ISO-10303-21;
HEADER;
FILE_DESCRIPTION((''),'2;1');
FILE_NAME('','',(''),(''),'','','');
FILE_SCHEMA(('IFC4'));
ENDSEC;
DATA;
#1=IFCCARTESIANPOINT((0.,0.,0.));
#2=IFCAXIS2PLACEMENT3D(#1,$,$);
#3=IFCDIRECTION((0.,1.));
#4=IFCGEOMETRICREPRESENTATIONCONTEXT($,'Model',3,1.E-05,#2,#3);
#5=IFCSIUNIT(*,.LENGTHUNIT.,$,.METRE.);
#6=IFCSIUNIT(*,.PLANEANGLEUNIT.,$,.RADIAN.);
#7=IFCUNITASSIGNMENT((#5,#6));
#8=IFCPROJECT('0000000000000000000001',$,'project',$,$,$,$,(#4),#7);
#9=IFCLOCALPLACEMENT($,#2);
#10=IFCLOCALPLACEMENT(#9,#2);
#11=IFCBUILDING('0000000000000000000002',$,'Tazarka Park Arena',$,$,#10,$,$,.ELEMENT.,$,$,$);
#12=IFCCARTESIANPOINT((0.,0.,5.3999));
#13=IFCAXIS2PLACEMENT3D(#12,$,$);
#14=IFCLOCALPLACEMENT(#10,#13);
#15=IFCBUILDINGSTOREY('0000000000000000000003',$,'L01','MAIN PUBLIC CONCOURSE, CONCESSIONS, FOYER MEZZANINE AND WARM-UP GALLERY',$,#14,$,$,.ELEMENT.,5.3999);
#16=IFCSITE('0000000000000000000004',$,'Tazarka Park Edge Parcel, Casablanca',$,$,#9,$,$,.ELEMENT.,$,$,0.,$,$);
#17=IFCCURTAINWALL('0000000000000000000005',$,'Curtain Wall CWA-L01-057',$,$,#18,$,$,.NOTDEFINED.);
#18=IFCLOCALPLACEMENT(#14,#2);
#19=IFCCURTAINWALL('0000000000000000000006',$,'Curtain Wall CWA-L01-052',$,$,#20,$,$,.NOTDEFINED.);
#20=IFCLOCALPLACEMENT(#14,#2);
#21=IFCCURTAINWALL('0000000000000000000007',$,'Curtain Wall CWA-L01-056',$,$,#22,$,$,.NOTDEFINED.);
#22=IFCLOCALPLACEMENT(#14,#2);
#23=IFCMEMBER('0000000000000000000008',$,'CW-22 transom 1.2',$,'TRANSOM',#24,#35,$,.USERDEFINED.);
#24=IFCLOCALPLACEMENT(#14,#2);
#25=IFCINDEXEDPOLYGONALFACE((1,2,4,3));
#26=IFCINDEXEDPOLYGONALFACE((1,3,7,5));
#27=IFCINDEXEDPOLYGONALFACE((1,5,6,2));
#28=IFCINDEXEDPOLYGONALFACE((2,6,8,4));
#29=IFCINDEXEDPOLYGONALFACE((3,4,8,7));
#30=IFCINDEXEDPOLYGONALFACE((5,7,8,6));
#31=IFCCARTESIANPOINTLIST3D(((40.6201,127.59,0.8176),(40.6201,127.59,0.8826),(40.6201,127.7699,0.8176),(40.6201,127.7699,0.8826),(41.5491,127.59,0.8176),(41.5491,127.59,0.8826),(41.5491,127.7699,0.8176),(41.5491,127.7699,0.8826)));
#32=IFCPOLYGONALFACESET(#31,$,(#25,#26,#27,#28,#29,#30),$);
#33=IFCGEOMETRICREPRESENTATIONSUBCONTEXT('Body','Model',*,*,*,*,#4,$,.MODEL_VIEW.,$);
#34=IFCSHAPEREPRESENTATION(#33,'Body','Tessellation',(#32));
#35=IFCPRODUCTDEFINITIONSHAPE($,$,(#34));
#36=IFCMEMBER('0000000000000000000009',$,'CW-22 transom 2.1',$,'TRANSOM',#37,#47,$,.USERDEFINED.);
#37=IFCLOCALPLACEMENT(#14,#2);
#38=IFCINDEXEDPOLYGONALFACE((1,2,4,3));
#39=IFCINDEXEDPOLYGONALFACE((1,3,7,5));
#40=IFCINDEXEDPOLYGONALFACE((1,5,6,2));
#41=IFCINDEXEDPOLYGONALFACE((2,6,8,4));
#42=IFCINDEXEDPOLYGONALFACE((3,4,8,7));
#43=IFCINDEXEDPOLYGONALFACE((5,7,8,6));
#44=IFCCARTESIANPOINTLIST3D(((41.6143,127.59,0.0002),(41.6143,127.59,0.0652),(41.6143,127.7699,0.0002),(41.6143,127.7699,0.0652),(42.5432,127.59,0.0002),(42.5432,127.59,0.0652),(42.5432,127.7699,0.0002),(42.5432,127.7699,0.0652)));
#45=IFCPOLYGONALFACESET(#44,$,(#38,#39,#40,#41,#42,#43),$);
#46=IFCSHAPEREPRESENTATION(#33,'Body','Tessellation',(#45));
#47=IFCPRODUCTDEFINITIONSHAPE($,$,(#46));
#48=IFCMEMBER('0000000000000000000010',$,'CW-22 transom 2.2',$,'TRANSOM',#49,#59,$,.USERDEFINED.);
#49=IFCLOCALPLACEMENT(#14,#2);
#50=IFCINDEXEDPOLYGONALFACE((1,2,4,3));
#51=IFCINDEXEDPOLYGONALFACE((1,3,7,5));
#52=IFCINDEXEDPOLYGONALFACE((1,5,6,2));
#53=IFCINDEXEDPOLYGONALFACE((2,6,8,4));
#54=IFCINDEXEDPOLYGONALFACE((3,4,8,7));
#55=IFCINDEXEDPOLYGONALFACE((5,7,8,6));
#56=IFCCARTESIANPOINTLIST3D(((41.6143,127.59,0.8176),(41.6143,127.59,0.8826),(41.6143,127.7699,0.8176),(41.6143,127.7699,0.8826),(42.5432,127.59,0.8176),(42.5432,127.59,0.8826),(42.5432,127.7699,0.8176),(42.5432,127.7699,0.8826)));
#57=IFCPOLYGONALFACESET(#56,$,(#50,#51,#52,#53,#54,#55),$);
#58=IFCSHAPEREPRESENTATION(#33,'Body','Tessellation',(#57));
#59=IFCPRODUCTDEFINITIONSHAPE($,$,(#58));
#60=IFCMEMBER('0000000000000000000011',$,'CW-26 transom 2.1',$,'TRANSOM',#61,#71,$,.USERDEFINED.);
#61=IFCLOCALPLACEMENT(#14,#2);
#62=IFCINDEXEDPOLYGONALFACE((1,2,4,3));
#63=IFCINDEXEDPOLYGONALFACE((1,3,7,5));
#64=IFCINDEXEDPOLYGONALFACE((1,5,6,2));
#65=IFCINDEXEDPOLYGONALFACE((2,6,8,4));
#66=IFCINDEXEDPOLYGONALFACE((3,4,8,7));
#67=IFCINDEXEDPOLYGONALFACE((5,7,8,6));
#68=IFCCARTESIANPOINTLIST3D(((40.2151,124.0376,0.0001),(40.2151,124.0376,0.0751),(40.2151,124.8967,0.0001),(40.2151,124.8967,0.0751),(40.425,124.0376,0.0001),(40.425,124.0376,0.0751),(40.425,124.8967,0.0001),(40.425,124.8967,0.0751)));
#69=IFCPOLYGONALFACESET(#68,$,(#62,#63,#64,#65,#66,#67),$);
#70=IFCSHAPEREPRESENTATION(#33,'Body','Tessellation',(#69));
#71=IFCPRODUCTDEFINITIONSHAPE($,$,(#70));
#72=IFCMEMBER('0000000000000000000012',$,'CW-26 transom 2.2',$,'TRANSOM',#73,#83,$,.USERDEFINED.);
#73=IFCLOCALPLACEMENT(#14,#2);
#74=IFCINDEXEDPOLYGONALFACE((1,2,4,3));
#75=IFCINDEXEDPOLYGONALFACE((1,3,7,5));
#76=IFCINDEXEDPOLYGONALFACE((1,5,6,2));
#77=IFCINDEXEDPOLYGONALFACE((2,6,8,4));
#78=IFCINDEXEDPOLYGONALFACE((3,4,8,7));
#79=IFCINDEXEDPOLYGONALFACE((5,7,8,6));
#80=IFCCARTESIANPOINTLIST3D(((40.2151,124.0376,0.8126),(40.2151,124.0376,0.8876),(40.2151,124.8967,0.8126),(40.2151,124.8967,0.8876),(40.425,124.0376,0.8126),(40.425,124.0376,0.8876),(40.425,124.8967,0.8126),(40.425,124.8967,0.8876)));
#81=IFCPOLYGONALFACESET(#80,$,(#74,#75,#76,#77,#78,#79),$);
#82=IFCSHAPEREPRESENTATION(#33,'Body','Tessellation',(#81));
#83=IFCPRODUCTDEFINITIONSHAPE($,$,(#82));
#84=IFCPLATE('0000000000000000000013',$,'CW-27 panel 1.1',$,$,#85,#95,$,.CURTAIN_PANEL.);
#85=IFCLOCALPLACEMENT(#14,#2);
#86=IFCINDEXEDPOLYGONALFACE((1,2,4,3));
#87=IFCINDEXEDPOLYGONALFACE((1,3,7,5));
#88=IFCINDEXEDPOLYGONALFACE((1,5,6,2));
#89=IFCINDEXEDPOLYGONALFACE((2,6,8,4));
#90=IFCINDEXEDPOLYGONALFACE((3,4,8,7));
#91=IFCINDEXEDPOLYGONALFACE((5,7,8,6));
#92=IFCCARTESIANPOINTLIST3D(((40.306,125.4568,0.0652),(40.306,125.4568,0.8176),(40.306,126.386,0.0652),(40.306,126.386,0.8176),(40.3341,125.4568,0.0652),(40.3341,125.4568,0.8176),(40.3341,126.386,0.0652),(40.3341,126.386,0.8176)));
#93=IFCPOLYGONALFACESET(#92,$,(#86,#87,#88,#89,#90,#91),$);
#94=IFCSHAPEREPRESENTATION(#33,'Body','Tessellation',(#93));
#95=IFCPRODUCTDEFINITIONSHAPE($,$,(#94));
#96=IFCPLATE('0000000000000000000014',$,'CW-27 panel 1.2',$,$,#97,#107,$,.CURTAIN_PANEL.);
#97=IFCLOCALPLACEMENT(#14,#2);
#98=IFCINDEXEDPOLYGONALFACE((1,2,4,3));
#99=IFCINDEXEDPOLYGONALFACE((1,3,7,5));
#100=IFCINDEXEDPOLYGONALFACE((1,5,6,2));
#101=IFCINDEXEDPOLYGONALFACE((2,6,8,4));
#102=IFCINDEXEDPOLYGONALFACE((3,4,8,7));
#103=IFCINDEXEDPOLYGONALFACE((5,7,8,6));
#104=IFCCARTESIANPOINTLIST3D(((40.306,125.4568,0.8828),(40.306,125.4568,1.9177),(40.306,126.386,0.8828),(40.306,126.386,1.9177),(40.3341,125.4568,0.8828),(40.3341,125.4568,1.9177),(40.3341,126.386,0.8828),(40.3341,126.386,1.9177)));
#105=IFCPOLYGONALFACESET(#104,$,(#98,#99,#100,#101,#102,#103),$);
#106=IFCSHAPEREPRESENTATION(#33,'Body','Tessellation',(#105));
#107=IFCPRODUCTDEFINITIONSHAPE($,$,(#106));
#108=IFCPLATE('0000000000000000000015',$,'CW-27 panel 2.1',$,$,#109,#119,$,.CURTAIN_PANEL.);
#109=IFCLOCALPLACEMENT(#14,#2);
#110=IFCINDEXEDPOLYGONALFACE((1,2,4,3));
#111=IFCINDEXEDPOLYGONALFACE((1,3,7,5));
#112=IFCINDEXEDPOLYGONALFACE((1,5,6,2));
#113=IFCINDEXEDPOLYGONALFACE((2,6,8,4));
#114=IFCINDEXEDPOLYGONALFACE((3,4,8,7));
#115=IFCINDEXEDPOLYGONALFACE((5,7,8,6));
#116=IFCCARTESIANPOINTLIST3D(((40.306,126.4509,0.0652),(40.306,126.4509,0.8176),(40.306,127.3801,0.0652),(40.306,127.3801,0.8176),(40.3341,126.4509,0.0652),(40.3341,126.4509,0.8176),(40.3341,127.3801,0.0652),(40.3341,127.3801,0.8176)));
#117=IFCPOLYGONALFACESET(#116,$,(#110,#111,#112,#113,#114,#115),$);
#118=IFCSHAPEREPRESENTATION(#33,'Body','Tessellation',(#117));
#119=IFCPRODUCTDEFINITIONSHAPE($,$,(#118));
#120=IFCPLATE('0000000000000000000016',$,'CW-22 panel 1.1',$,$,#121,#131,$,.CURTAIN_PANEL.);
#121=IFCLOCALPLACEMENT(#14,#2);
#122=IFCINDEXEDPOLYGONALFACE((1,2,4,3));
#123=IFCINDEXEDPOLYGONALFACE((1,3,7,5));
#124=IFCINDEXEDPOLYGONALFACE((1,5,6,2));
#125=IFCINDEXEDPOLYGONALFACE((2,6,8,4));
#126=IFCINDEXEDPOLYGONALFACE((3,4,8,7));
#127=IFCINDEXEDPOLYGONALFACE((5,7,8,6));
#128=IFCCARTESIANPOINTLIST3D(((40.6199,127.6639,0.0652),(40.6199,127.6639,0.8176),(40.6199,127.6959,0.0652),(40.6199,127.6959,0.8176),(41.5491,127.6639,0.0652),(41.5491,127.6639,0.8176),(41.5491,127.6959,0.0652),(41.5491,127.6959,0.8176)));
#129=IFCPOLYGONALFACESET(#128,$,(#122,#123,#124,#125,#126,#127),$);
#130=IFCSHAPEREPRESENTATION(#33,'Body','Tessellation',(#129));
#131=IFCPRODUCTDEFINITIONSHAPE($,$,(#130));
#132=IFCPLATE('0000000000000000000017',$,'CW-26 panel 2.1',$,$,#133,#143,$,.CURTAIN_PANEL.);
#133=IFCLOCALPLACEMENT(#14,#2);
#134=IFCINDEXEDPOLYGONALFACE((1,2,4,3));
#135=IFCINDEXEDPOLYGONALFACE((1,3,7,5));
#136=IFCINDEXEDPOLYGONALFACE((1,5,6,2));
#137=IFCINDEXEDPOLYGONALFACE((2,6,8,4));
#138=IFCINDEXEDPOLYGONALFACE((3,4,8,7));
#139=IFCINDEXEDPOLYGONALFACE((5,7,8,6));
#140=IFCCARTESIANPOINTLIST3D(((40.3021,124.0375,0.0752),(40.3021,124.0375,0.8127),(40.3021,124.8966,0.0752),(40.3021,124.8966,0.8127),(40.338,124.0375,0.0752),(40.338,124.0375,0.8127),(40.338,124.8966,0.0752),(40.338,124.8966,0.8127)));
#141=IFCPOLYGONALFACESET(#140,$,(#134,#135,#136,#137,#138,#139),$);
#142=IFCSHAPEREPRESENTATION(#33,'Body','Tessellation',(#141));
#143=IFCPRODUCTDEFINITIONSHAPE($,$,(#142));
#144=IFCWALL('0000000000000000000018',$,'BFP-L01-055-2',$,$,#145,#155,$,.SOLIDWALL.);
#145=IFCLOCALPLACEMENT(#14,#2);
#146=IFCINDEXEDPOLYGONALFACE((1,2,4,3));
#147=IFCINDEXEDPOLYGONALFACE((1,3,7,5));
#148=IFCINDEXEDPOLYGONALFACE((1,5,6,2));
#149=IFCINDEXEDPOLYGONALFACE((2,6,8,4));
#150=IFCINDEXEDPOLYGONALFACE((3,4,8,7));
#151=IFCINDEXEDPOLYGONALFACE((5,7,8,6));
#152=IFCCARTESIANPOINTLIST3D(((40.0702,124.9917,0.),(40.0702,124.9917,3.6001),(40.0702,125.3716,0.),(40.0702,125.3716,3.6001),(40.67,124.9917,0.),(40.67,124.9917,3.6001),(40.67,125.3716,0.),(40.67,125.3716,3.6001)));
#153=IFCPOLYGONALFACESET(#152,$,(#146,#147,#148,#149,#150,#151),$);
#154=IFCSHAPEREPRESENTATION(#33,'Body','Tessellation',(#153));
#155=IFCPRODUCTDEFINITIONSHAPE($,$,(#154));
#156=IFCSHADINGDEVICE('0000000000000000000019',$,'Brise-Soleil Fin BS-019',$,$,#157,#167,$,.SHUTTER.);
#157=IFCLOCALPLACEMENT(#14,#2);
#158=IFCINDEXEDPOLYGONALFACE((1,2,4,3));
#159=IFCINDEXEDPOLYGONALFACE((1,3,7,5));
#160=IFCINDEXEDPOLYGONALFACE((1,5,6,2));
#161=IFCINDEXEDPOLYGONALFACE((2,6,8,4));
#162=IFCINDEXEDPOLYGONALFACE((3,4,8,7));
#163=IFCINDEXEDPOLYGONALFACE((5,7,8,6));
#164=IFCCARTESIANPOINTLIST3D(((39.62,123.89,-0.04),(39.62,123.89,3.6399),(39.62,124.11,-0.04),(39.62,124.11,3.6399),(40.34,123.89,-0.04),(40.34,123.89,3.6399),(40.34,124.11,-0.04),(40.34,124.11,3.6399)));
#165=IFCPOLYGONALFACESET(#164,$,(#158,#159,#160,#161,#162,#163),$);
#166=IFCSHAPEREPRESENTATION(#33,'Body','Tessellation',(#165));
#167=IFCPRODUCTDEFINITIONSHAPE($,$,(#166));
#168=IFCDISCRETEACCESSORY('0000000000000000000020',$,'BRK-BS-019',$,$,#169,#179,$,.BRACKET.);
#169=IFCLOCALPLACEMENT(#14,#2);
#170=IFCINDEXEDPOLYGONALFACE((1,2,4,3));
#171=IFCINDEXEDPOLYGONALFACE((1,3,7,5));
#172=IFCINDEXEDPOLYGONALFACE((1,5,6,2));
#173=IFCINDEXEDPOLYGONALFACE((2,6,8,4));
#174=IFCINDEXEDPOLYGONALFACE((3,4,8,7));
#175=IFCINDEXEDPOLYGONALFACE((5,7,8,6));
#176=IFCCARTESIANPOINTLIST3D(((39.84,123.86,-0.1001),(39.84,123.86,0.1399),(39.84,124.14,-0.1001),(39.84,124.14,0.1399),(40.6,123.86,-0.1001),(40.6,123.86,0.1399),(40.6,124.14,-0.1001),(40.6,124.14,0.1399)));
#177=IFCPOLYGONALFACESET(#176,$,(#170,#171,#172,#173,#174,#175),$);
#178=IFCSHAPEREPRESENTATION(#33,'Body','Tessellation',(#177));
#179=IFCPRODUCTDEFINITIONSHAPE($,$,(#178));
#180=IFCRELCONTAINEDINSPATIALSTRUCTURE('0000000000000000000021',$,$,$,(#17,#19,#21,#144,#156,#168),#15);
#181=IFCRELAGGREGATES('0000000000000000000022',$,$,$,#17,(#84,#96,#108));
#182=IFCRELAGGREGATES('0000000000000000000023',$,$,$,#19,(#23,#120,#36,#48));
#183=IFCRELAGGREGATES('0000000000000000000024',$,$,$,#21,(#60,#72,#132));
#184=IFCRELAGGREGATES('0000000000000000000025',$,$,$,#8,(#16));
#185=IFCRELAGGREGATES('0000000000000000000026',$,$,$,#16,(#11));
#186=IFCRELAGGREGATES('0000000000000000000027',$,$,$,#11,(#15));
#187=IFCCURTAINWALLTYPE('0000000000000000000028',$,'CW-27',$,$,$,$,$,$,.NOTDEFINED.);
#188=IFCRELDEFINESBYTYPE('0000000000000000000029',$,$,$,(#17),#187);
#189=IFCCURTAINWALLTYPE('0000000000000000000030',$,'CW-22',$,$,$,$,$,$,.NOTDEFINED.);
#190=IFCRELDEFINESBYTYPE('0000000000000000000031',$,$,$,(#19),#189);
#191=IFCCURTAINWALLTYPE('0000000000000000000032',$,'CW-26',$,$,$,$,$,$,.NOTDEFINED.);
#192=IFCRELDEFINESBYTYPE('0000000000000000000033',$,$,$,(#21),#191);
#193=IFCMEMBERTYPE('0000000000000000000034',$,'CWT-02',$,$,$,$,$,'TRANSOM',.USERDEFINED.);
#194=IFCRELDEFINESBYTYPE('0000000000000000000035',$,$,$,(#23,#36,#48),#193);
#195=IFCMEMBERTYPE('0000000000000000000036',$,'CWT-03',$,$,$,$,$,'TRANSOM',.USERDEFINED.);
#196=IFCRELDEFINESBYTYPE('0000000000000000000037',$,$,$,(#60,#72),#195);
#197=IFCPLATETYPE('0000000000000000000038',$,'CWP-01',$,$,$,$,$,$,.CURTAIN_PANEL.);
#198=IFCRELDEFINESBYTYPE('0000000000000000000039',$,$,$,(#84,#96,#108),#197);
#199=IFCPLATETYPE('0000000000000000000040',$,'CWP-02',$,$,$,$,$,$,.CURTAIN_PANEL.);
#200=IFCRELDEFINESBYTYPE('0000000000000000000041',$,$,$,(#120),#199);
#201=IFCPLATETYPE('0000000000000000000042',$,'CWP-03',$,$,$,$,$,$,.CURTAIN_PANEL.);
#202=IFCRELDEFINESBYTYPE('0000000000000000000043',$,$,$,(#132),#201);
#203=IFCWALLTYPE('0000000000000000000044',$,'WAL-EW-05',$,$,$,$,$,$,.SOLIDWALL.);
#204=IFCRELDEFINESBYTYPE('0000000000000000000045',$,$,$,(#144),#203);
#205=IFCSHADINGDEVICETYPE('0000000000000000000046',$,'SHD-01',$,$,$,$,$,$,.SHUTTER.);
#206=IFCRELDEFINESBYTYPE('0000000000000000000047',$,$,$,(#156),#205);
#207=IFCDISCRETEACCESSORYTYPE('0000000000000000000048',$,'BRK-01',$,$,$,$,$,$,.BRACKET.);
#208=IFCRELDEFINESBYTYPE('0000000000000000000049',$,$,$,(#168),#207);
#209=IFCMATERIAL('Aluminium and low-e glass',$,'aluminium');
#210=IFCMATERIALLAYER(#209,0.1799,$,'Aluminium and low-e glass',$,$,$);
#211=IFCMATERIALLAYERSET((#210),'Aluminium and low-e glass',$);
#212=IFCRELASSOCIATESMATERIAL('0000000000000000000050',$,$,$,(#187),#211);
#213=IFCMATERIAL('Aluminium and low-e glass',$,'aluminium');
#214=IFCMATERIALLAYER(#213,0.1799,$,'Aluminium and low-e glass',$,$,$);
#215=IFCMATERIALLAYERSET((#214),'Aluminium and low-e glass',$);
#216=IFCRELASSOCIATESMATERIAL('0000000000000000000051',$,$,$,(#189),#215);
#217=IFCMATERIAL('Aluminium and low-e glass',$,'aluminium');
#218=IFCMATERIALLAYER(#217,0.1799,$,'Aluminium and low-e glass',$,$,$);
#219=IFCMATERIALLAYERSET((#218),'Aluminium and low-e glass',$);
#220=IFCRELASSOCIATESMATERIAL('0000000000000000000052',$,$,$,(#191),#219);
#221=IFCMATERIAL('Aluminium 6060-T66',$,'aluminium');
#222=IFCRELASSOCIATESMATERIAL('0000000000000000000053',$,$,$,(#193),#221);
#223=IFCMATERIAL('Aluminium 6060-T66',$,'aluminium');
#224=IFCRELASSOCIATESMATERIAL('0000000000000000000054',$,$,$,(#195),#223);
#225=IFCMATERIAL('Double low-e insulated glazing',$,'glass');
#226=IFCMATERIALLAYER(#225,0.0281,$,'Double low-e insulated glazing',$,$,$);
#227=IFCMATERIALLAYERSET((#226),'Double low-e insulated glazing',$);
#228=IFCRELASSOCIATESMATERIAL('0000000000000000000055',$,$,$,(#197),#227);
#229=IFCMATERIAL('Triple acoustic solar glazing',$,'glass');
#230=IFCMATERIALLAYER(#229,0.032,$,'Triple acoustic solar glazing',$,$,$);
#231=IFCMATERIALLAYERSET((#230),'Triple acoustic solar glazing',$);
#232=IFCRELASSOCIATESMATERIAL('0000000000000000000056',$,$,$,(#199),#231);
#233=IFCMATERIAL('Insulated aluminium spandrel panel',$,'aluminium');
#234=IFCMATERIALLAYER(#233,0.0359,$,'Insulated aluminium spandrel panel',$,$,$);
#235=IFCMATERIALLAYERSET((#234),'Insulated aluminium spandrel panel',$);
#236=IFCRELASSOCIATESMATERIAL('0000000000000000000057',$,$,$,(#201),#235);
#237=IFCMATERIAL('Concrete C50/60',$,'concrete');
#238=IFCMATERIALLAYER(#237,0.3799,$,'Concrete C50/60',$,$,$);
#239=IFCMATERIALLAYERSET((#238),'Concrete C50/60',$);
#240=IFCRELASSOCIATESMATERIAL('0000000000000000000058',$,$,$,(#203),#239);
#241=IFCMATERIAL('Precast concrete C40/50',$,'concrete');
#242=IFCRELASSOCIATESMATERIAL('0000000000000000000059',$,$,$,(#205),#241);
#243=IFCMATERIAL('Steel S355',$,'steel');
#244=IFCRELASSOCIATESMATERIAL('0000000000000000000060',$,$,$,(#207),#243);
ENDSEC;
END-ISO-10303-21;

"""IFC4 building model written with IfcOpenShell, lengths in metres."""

from ifc_helpers import new_model, si_unit, direction, frame, frame_2d, origin, origin_2d, place, context, subcontext, project, spatial, rectangle, extrude, material, layer, layer_set, material_profile, profile_set, type_object, element, aggregate, save


model = new_model("IFC4")

# Units and contexts
model_context = context("Model", 3, precision=1e-05, world=origin(), true_north=direction((0.0, 1.0)))
body_context = subcontext(model_context, "Body", "Model", "MODEL_VIEW")
ifc_project = project(units=[si_unit("LENGTHUNIT", "METRE"), si_unit("PLANEANGLEUNIT", "RADIAN")], contexts=[model_context])

# Site, building, storey
site_placement = place(None, origin())
site = spatial("IfcSite", under=ifc_project, at=site_placement, Name="Tazarka Park Edge Parcel, Casablanca", CompositionType="ELEMENT", RefElevation=0.0)
building_placement = place(site_placement, origin())
building = spatial("IfcBuilding", under=site, at=building_placement, Name="Tazarka Park Arena", CompositionType="ELEMENT")
storey_placement = place(building_placement, frame((0.0, 0.0, 5.3999)))
storey = spatial("IfcBuildingStorey", under=building, at=storey_placement, Name="L01", Description="MAIN PUBLIC CONCOURSE, CONCESSIONS, FOYER MEZZANINE AND WARM-UP GALLERY", CompositionType="ELEMENT", Elevation=5.3999)

# Curtain walls
ifc_material_1 = material(Name="Aluminium and low-e glass", Category="aluminium")
ifc_layer_1 = layer(ifc_material_1, 0.1799, Name="Aluminium and low-e glass")
ifc_layer_set_1 = layer_set([ifc_layer_1], Name="Aluminium and low-e glass")
curtain_wall_type_1 = type_object("IfcCurtainWallType", Name="CW-27", PredefinedType="NOTDEFINED", material=ifc_layer_set_1)
curtain_wall_1_placement = place(storey_placement, origin())
curtain_wall_1 = element("IfcCurtainWall", 1, at=curtain_wall_1_placement, inside=storey, type_object=curtain_wall_type_1, Name="Curtain Wall CWA-L01-057", PredefinedType="NOTDEFINED")
ifc_material_2 = material(Name="Aluminium and low-e glass", Category="aluminium")
ifc_layer_2 = layer(ifc_material_2, 0.1799, Name="Aluminium and low-e glass")
ifc_layer_set_2 = layer_set([ifc_layer_2], Name="Aluminium and low-e glass")
curtain_wall_type_2 = type_object("IfcCurtainWallType", Name="CW-22", PredefinedType="NOTDEFINED", material=ifc_layer_set_2)
curtain_wall_2_placement = place(storey_placement, origin())
curtain_wall_2 = element("IfcCurtainWall", 2, at=curtain_wall_2_placement, inside=storey, type_object=curtain_wall_type_2, Name="Curtain Wall CWA-L01-052", PredefinedType="NOTDEFINED")
ifc_material_3 = material(Name="Aluminium and low-e glass", Category="aluminium")
ifc_layer_3 = layer(ifc_material_3, 0.1799, Name="Aluminium and low-e glass")
ifc_layer_set_3 = layer_set([ifc_layer_3], Name="Aluminium and low-e glass")
curtain_wall_type_3 = type_object("IfcCurtainWallType", Name="CW-26", PredefinedType="NOTDEFINED", material=ifc_layer_set_3)
curtain_wall_3_placement = place(storey_placement, origin())
curtain_wall_3 = element("IfcCurtainWall", 3, at=curtain_wall_3_placement, inside=storey, type_object=curtain_wall_type_3, Name="Curtain Wall CWA-L01-056", PredefinedType="NOTDEFINED")

# Members
ifc_material_4 = material(Name="Aluminium 6060-T66", Category="aluminium")
ifc_material_profile_1 = material_profile(ifc_material_4, rectangle(XDim=0.1799, YDim=0.0649, at=origin_2d()), Name="Aluminium 6060-T66")
ifc_profile_set_1 = profile_set([ifc_material_profile_1], Name="Aluminium 6060-T66")
member_type_1 = type_object("IfcMemberType", Name="CWT-02", ElementType="TRANSOM", PredefinedType="USERDEFINED", material=ifc_profile_set_1)
member_1_placement = place(storey_placement, frame((40.6201, 127.6799, 0.8501), z_axis=(1.0, 0.0, 0.0), x_axis=(0.0, 1.0, 0.0)))
member_1 = element("IfcMember", 4, at=member_1_placement, type_object=member_type_1, Name="CW-22 transom 1.2", ObjectType="TRANSOM", PredefinedType="USERDEFINED", context=body_context, shape_type="SweptSolid", body=[
    extrude(rectangle(XDim=0.1799, YDim=0.0649, at=origin_2d()), origin(), (0.0, 0.0, 1.0), 0.929),
])
member_2_placement = place(storey_placement, frame((41.6143, 127.6799, 0.0327), z_axis=(1.0, 0.0, 0.0), x_axis=(0.0, 1.0, 0.0)))
member_2 = element("IfcMember", 5, at=member_2_placement, type_object=member_type_1, Name="CW-22 transom 2.1", ObjectType="TRANSOM", PredefinedType="USERDEFINED", context=body_context, shape_type="SweptSolid", body=[
    extrude(rectangle(XDim=0.1799, YDim=0.0649, at=origin_2d()), origin(), (0.0, 0.0, 1.0), 0.929),
])
member_3_placement = place(storey_placement, frame((41.6143, 127.6799, 0.8501), z_axis=(1.0, 0.0, 0.0), x_axis=(0.0, 1.0, 0.0)))
member_3 = element("IfcMember", 6, at=member_3_placement, type_object=member_type_1, Name="CW-22 transom 2.2", ObjectType="TRANSOM", PredefinedType="USERDEFINED", context=body_context, shape_type="SweptSolid", body=[
    extrude(rectangle(XDim=0.1799, YDim=0.0649, at=origin_2d()), origin(), (0.0, 0.0, 1.0), 0.929),
])
ifc_material_5 = material(Name="Aluminium 6060-T66", Category="aluminium")
ifc_material_profile_2 = material_profile(ifc_material_5, rectangle(XDim=0.21, YDim=0.075, at=origin_2d()), Name="Aluminium 6060-T66")
ifc_profile_set_2 = profile_set([ifc_material_profile_2], Name="Aluminium 6060-T66")
member_type_2 = type_object("IfcMemberType", Name="CWT-03", ElementType="TRANSOM", PredefinedType="USERDEFINED", material=ifc_profile_set_2)
member_4_placement = place(storey_placement, frame((40.3201, 124.0376, 0.0376), z_axis=(0.0, 1.0, 0.0), x_axis=(-1.0, 0.0, 0.0)))
member_4 = element("IfcMember", 7, at=member_4_placement, type_object=member_type_2, Name="CW-26 transom 2.1", ObjectType="TRANSOM", PredefinedType="USERDEFINED", context=body_context, shape_type="SweptSolid", body=[
    extrude(rectangle(XDim=0.21, YDim=0.075, at=origin_2d()), origin(), (0.0, 0.0, 1.0), 0.8591),
])
member_5_placement = place(storey_placement, frame((40.3201, 124.0376, 0.8501), z_axis=(0.0, 1.0, 0.0), x_axis=(-1.0, 0.0, 0.0)))
member_5 = element("IfcMember", 8, at=member_5_placement, type_object=member_type_2, Name="CW-26 transom 2.2", ObjectType="TRANSOM", PredefinedType="USERDEFINED", context=body_context, shape_type="SweptSolid", body=[
    extrude(rectangle(XDim=0.21, YDim=0.075, at=origin_2d()), origin(), (0.0, 0.0, 1.0), 0.8591),
])

# Plates
ifc_material_6 = material(Name="Double low-e insulated glazing", Category="glass")
ifc_layer_4 = layer(ifc_material_6, 0.0281, Name="Double low-e insulated glazing")
ifc_layer_set_4 = layer_set([ifc_layer_4], Name="Double low-e insulated glazing")
plate_type_1 = type_object("IfcPlateType", Name="CWP-01", PredefinedType="CURTAIN_PANEL", material=ifc_layer_set_4)
plate_1_placement = place(storey_placement, frame((40.3201, 125.9214, 0.0652), z_axis=(0.0, 0.0, 1.0), x_axis=(0.0, 1.0, 0.0)))
plate_1 = element("IfcPlate", 9, at=plate_1_placement, type_object=plate_type_1, Name="CW-27 panel 1.1", PredefinedType="CURTAIN_PANEL", context=body_context, shape_type="SweptSolid", body=[
    extrude(rectangle(XDim=0.9292, YDim=0.0281, at=origin_2d()), origin(), (0.0, 0.0, 1.0), 0.7524),
])
plate_2_placement = place(storey_placement, frame((40.3201, 125.9214, 0.8828), z_axis=(0.0, 0.0, 1.0), x_axis=(0.0, 1.0, 0.0)))
plate_2 = element("IfcPlate", 10, at=plate_2_placement, type_object=plate_type_1, Name="CW-27 panel 1.2", PredefinedType="CURTAIN_PANEL", context=body_context, shape_type="SweptSolid", body=[
    extrude(rectangle(XDim=0.9292, YDim=0.0281, at=origin_2d()), origin(), (0.0, 0.0, 1.0), 1.0349),
])
plate_3_placement = place(storey_placement, frame((40.3201, 126.9155, 0.0652), z_axis=(0.0, 0.0, 1.0), x_axis=(0.0, 1.0, 0.0)))
plate_3 = element("IfcPlate", 11, at=plate_3_placement, type_object=plate_type_1, Name="CW-27 panel 2.1", PredefinedType="CURTAIN_PANEL", context=body_context, shape_type="SweptSolid", body=[
    extrude(rectangle(XDim=0.9292, YDim=0.0281, at=origin_2d()), origin(), (0.0, 0.0, 1.0), 0.7524),
])
aggregate(curtain_wall_1, [plate_1, plate_2, plate_3])
ifc_material_7 = material(Name="Triple acoustic solar glazing", Category="glass")
ifc_layer_5 = layer(ifc_material_7, 0.032, Name="Triple acoustic solar glazing")
ifc_layer_set_5 = layer_set([ifc_layer_5], Name="Triple acoustic solar glazing")
plate_type_2 = type_object("IfcPlateType", Name="CWP-02", PredefinedType="CURTAIN_PANEL", material=ifc_layer_set_5)
plate_4_placement = place(storey_placement, frame((41.0845, 127.6799, 0.0652), z_axis=(0.0, 0.0, 1.0), x_axis=(1.0, 0.0, 0.0)))
plate_4 = element("IfcPlate", 12, at=plate_4_placement, type_object=plate_type_2, Name="CW-22 panel 1.1", PredefinedType="CURTAIN_PANEL", context=body_context, shape_type="SweptSolid", body=[
    extrude(rectangle(XDim=0.9292, YDim=0.032, at=origin_2d()), origin(), (0.0, 0.0, 1.0), 0.7524),
])
aggregate(curtain_wall_2, [member_1, plate_4, member_2, member_3])
ifc_material_8 = material(Name="Insulated aluminium spandrel panel", Category="aluminium")
ifc_layer_6 = layer(ifc_material_8, 0.0359, Name="Insulated aluminium spandrel panel")
ifc_layer_set_6 = layer_set([ifc_layer_6], Name="Insulated aluminium spandrel panel")
plate_type_3 = type_object("IfcPlateType", Name="CWP-03", PredefinedType="CURTAIN_PANEL", material=ifc_layer_set_6)
plate_5_placement = place(storey_placement, frame((40.3201, 124.467, 0.0752), z_axis=(0.0, 0.0, 1.0), x_axis=(0.0, 1.0, 0.0)))
plate_5 = element("IfcPlate", 13, at=plate_5_placement, type_object=plate_type_3, Name="CW-26 panel 2.1", PredefinedType="CURTAIN_PANEL", context=body_context, shape_type="SweptSolid", body=[
    extrude(rectangle(XDim=0.8591, YDim=0.0359, at=origin_2d()), origin(), (0.0, 0.0, 1.0), 0.7375),
])
aggregate(curtain_wall_3, [member_4, member_5, plate_5])

# Wall
ifc_material_9 = material(Name="Concrete C50/60", Category="concrete")
ifc_layer_7 = layer(ifc_material_9, 0.3799, Name="Concrete C50/60")
ifc_layer_set_7 = layer_set([ifc_layer_7], Name="Concrete C50/60")
wall_type = type_object("IfcWallType", Name="WAL-EW-05", PredefinedType="SOLIDWALL", material=ifc_layer_set_7)
wall_placement = place(storey_placement, frame((40.6699, 125.1816, 0.0), z_axis=(0.0, 0.0, 1.0), x_axis=(-1.0, 0.0, 0.0)))
element("IfcWall", 14, at=wall_placement, inside=storey, type_object=wall_type, Name="BFP-L01-055-2", PredefinedType="SOLIDWALL", context=body_context, shape_type="SweptSolid", body=[
    extrude(rectangle(XDim=0.5999, YDim=0.3799, at=frame_2d((0.2998, 0.0))), origin(), (0.0, 0.0, 1.0), 3.6001),
])

# Shading device
ifc_material_10 = material(Name="Precast concrete C40/50", Category="concrete")
shading_device_type = type_object("IfcShadingDeviceType", Name="SHD-01", PredefinedType="SHUTTER", material=ifc_material_10)
shading_device_placement = place(storey_placement, frame((39.98, 124.0, -0.04), z_axis=(0.0, 0.0, 1.0), x_axis=(0.0, 1.0, 0.0)))
element("IfcShadingDevice", 15, at=shading_device_placement, inside=storey, type_object=shading_device_type, Name="Brise-Soleil Fin BS-019", PredefinedType="SHUTTER", context=body_context, shape_type="SweptSolid", body=[
    extrude(rectangle(XDim=0.22, YDim=0.72, at=origin_2d()), origin(), (0.0, 0.0, 1.0), 3.6799),
])

# Discrete accessory
ifc_material_11 = material(Name="Steel S355", Category="steel")
discrete_accessory_type = type_object("IfcDiscreteAccessoryType", Name="BRK-01", PredefinedType="BRACKET", material=ifc_material_11)
discrete_accessory_placement = place(storey_placement, frame((40.22, 124.0, -0.1001), z_axis=(0.0, 0.0, 1.0), x_axis=(0.0, 1.0, 0.0)))
element("IfcDiscreteAccessory", 16, at=discrete_accessory_placement, inside=storey, type_object=discrete_accessory_type, Name="BRK-BS-019", PredefinedType="BRACKET", context=body_context, shape_type="SweptSolid", body=[
    extrude(rectangle(XDim=0.28, YDim=0.76, at=origin_2d()), origin(), (0.0, 0.0, 1.0), 0.24),
])

save(model, "model.ifc")
